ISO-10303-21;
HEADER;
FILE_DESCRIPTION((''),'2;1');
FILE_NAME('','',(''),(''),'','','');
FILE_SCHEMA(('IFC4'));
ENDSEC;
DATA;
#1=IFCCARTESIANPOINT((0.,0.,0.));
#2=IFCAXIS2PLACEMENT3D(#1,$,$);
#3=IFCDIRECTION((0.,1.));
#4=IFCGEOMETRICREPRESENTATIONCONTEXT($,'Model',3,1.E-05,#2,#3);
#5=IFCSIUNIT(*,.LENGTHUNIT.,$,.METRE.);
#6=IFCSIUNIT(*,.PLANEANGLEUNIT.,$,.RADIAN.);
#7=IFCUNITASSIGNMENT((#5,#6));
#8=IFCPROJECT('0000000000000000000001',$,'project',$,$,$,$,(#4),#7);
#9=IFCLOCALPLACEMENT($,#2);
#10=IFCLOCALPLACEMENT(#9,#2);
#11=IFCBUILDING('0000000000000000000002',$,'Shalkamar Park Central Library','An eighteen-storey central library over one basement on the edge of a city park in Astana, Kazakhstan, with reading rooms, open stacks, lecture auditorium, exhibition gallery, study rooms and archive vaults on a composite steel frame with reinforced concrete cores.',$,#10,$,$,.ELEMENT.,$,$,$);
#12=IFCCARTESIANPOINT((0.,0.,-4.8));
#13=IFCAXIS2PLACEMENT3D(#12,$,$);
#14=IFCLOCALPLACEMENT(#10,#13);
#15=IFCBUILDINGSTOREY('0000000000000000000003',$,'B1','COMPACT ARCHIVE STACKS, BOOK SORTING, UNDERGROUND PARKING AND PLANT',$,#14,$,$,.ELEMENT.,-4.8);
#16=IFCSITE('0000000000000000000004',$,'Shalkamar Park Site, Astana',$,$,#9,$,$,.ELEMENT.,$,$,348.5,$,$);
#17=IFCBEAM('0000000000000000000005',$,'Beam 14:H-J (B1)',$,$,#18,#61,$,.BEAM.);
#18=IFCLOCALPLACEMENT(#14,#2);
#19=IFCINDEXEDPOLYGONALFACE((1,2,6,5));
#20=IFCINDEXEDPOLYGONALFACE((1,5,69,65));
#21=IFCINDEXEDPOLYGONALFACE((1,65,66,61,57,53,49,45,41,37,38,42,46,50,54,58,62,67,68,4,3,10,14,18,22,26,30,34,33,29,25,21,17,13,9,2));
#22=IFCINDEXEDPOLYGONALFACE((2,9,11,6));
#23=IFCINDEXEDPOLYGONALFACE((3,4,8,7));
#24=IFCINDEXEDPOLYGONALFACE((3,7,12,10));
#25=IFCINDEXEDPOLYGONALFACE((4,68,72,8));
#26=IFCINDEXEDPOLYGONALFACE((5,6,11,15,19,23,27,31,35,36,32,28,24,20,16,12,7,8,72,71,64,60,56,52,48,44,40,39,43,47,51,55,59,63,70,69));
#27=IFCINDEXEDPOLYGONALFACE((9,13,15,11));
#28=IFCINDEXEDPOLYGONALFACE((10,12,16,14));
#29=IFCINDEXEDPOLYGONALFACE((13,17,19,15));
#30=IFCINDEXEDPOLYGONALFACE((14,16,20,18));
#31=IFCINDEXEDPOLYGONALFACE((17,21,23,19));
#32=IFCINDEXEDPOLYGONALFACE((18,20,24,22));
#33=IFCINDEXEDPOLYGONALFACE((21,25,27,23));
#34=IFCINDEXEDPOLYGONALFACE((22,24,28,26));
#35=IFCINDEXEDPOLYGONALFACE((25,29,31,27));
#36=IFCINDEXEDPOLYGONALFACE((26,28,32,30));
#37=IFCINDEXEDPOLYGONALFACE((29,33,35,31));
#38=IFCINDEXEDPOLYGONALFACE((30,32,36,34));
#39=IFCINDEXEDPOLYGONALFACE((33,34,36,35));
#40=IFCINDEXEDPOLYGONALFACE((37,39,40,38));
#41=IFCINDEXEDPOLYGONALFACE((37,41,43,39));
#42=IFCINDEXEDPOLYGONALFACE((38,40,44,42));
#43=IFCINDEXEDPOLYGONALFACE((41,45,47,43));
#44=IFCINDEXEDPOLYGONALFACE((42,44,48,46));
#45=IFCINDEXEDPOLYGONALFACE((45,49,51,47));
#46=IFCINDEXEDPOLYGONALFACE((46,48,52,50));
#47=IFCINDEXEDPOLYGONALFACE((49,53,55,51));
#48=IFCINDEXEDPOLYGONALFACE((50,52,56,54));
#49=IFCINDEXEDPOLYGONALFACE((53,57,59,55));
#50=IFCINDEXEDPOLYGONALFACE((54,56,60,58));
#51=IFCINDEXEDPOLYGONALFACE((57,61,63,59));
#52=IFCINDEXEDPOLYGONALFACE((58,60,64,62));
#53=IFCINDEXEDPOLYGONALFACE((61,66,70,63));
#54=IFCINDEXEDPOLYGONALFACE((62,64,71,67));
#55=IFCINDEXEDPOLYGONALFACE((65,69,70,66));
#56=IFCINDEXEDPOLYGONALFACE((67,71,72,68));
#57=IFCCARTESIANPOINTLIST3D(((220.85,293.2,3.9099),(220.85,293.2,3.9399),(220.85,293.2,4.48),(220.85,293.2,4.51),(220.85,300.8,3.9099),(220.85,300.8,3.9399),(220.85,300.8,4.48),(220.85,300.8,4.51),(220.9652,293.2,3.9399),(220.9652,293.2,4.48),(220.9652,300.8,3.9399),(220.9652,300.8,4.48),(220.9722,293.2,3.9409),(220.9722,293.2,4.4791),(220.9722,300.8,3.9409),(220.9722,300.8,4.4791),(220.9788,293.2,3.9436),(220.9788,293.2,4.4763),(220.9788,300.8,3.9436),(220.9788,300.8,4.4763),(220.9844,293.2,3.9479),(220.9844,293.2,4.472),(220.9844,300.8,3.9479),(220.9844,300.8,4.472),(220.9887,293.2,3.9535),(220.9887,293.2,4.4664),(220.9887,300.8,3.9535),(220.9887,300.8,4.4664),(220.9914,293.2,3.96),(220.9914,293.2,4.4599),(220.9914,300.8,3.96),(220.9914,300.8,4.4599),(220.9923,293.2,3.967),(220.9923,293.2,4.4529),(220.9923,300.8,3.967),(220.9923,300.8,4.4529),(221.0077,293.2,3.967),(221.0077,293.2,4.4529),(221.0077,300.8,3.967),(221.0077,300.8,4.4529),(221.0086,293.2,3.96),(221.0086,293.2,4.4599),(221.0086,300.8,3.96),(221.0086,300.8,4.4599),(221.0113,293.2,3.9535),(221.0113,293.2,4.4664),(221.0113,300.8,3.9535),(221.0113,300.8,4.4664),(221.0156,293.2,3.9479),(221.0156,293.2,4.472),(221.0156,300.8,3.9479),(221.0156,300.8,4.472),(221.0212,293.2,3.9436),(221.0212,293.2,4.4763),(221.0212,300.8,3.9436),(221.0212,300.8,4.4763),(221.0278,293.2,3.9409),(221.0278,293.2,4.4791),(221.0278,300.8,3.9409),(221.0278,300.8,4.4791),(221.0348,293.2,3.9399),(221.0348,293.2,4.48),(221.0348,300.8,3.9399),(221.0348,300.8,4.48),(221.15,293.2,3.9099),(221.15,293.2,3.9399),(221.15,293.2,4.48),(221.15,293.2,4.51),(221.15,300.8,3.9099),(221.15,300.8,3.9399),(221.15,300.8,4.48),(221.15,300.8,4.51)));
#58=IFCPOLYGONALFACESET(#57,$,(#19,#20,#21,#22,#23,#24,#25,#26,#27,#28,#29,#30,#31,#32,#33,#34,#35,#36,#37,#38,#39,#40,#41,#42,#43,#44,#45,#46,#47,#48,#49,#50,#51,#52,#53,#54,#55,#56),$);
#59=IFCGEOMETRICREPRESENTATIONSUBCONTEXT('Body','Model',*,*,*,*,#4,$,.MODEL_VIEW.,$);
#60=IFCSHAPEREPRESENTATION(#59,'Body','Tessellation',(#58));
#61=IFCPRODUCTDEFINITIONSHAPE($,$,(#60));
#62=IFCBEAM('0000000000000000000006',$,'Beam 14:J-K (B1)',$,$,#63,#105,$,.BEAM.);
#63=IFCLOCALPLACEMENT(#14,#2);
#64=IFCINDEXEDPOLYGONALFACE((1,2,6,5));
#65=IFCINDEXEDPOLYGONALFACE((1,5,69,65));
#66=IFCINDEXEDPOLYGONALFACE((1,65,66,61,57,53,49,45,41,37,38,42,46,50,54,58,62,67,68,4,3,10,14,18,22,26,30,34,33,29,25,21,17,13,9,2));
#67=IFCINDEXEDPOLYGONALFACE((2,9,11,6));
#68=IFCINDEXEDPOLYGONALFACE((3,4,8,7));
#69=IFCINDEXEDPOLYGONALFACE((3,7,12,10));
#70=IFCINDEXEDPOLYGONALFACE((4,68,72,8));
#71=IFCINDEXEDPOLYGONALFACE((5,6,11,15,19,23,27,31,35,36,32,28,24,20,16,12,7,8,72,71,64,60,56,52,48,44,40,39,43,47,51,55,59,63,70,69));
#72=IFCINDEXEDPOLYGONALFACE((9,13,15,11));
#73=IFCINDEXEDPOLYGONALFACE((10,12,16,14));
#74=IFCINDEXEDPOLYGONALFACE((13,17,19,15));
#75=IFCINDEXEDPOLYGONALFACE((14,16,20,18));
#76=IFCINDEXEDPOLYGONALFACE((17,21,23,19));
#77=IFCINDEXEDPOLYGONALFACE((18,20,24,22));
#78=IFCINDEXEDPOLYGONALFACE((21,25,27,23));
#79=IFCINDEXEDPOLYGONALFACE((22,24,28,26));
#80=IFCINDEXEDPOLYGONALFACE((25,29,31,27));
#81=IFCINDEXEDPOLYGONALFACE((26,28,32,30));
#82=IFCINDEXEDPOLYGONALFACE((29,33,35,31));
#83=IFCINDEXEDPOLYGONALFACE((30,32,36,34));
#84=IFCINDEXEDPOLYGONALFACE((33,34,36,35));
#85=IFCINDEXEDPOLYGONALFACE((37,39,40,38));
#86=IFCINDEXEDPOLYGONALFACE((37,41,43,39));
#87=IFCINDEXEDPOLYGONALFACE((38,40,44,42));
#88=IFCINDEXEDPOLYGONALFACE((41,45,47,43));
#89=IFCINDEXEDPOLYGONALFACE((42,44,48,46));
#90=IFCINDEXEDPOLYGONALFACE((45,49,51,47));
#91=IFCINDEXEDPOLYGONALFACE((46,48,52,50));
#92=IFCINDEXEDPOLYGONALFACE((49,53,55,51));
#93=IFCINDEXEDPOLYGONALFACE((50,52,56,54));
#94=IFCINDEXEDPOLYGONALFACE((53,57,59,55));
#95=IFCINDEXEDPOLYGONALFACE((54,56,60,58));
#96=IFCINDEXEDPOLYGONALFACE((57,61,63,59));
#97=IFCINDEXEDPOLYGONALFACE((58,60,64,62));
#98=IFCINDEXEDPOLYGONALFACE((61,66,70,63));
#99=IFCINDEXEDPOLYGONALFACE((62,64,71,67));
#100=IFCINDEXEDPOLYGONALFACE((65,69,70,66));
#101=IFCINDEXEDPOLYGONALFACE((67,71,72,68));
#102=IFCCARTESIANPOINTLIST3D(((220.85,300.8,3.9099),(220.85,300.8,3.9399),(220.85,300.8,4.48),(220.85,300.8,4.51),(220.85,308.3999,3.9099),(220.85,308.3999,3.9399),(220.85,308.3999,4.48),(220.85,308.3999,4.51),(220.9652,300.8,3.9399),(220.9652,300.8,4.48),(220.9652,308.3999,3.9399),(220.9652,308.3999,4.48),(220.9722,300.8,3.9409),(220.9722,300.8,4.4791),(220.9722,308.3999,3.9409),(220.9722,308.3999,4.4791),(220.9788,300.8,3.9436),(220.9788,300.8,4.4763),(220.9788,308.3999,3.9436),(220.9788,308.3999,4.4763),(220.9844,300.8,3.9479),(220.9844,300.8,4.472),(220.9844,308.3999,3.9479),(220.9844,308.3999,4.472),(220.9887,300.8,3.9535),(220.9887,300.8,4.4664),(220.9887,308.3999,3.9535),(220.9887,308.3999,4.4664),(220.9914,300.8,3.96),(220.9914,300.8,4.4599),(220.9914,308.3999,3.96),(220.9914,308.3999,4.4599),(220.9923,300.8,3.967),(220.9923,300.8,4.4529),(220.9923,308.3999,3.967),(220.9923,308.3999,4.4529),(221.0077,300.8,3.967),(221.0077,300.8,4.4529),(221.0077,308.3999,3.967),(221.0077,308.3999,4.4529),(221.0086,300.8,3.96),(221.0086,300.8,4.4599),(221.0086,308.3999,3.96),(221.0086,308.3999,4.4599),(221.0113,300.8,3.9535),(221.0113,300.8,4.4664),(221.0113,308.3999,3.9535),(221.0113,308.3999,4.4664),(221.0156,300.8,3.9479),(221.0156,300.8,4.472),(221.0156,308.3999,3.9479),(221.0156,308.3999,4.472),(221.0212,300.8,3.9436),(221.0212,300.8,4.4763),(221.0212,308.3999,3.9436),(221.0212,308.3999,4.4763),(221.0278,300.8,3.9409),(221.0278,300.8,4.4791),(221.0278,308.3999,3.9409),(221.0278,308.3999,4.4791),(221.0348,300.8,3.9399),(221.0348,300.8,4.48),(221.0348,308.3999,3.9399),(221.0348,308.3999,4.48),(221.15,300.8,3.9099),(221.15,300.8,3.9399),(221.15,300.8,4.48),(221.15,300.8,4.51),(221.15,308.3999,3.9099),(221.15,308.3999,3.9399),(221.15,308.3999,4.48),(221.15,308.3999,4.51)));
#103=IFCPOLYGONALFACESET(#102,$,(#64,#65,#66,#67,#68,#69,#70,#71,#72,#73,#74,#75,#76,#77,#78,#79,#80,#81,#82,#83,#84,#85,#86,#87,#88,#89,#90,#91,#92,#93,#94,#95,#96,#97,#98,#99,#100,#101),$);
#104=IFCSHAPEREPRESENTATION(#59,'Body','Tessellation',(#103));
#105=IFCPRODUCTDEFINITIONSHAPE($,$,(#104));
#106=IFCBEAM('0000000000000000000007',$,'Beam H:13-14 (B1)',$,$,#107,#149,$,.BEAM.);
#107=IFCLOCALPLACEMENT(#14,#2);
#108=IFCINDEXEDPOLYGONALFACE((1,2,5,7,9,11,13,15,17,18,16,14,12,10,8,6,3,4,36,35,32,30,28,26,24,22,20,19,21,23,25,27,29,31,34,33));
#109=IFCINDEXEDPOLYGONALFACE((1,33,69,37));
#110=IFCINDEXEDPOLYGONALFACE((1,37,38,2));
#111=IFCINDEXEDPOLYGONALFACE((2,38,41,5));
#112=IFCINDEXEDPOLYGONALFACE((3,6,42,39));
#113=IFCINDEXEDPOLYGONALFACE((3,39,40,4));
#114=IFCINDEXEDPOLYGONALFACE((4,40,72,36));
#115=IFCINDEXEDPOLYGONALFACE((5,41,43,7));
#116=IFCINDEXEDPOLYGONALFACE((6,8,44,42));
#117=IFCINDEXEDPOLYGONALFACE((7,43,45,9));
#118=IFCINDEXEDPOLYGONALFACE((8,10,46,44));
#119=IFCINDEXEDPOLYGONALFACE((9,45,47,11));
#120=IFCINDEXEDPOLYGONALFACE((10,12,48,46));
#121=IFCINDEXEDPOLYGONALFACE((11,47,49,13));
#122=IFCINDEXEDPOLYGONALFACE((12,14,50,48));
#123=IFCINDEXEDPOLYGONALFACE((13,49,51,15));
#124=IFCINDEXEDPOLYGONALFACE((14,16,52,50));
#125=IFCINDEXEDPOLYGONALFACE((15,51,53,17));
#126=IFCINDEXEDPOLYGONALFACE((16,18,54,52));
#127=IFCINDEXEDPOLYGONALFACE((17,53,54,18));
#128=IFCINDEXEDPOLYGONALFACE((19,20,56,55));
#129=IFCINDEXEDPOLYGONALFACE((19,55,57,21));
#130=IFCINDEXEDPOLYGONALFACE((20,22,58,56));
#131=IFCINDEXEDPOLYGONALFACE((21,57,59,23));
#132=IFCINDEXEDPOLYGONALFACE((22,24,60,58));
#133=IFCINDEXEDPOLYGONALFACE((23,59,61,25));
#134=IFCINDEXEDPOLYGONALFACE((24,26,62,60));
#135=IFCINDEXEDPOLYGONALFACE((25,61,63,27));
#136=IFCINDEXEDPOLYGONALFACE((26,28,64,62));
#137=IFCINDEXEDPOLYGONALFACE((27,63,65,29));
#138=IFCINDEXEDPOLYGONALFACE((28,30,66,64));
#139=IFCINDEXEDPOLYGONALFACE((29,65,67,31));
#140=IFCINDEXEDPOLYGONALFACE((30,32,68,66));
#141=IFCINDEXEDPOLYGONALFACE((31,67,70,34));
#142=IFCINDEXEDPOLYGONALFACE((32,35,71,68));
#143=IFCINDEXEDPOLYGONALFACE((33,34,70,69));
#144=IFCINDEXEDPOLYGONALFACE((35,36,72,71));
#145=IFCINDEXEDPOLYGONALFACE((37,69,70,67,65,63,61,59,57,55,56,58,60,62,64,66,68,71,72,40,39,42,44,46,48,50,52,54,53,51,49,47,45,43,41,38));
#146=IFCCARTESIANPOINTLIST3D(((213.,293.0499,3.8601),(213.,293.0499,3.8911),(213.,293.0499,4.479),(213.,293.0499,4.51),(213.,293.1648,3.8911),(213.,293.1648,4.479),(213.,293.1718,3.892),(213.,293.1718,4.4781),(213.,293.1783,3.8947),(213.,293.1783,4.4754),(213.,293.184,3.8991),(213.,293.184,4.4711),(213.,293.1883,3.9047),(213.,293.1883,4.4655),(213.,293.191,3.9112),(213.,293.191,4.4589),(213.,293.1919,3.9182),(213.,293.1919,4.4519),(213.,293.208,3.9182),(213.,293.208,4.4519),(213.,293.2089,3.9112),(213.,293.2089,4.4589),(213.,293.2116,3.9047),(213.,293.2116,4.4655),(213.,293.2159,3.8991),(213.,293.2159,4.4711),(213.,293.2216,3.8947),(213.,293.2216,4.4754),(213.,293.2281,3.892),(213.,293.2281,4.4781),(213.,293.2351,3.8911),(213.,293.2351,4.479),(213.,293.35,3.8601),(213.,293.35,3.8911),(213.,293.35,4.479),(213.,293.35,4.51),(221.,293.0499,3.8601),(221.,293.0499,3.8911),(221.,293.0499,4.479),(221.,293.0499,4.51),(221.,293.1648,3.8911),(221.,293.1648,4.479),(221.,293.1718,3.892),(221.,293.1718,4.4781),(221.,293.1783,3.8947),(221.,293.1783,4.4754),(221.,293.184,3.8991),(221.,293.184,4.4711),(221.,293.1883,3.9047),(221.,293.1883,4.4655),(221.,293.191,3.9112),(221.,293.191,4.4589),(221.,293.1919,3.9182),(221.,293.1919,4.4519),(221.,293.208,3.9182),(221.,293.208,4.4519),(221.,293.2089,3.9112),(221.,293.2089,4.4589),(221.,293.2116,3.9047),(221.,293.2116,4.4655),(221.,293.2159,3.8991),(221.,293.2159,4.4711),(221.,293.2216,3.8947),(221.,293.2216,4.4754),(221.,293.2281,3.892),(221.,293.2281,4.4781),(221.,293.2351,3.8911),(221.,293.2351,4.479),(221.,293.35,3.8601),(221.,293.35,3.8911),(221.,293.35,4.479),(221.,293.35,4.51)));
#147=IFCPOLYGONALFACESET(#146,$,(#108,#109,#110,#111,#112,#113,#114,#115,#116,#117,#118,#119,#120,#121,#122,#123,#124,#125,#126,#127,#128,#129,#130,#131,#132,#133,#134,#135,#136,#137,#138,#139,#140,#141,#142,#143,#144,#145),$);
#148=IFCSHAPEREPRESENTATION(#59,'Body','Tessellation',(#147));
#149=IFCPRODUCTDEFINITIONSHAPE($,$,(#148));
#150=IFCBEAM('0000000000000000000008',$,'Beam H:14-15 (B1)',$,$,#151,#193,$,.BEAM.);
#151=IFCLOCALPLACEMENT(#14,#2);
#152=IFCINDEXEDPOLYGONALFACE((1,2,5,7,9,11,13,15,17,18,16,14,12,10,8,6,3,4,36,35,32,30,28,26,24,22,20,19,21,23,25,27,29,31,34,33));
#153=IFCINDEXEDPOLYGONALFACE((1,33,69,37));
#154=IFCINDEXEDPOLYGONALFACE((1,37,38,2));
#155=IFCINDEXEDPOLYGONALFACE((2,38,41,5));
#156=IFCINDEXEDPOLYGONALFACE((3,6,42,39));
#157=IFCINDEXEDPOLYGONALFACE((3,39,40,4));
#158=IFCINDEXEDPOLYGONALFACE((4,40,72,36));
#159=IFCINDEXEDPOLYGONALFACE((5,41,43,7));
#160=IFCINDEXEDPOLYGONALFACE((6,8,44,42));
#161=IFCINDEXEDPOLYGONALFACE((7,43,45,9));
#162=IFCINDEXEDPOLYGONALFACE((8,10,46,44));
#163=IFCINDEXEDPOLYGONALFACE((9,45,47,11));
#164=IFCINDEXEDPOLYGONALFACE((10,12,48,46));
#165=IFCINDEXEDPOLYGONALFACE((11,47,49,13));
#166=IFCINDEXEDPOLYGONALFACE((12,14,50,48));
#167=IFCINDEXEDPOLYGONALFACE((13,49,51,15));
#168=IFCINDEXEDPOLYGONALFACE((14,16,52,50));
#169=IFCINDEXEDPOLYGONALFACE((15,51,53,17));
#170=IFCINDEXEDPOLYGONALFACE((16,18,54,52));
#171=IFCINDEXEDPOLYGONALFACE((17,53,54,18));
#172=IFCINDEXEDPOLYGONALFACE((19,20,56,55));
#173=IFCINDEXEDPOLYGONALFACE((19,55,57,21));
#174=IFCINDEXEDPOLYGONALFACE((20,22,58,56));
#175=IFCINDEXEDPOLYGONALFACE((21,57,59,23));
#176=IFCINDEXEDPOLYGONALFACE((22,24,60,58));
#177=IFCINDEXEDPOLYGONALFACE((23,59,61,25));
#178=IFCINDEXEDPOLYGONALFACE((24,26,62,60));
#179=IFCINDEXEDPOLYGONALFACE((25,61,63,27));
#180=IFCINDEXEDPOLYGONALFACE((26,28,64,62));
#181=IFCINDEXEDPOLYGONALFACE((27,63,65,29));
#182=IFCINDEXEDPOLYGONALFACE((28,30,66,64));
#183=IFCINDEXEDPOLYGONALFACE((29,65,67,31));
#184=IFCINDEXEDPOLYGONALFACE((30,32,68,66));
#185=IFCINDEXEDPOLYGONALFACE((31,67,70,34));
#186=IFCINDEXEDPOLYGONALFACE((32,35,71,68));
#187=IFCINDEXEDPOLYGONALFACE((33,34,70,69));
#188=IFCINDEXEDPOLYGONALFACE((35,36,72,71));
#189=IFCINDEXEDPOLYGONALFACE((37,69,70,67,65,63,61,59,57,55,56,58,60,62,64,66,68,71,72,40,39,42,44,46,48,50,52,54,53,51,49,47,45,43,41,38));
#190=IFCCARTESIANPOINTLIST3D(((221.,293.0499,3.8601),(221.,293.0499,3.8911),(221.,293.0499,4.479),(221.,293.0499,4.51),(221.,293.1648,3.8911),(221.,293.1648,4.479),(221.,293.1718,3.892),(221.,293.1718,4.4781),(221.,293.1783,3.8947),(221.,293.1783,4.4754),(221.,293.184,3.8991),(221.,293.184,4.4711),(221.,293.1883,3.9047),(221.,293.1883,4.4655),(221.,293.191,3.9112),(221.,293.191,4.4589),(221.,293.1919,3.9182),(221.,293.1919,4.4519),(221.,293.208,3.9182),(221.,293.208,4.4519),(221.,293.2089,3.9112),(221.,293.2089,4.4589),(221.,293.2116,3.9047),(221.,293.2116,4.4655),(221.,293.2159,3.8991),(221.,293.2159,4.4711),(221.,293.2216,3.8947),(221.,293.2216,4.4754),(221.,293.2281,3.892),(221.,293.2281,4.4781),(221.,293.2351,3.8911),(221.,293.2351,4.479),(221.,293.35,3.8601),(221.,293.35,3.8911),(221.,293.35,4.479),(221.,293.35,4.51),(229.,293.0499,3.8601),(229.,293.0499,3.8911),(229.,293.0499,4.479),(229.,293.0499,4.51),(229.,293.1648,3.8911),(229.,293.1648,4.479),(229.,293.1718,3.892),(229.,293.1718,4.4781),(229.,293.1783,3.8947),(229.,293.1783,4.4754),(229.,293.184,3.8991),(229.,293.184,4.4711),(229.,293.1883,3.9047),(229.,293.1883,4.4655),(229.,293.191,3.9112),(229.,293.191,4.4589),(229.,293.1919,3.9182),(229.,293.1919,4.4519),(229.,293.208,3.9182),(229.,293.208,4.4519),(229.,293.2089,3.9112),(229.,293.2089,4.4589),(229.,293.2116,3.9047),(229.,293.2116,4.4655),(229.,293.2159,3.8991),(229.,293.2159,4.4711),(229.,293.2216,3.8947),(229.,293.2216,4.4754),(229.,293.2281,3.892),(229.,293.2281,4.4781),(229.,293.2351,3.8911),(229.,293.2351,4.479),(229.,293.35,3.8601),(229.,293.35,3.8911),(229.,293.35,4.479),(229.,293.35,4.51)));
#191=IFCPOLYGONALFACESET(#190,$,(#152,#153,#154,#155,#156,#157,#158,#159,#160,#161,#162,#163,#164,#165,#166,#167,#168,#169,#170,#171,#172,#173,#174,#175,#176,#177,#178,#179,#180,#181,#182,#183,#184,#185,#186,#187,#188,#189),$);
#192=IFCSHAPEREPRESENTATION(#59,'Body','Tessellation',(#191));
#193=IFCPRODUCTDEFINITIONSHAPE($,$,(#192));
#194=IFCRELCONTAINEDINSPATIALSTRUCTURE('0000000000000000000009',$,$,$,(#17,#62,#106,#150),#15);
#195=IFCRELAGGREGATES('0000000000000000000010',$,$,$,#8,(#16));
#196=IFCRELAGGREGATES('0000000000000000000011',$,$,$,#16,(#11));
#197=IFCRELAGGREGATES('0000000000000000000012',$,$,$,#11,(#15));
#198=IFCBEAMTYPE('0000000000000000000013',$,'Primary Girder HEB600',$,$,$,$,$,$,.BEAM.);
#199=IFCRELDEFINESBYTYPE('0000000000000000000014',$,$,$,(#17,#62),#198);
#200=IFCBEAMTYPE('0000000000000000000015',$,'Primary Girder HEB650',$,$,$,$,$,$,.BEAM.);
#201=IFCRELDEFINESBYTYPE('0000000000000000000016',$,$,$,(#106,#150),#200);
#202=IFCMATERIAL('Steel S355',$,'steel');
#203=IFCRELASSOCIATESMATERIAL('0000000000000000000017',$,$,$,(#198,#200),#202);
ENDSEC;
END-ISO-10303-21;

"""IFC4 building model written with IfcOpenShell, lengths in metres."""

from ifc_helpers import new_model, si_unit, direction, frame, origin, origin_2d, place, context, subcontext, project, spatial, i_section, extrude, material, material_profile, profile_set, type_object, element, save


model = new_model("IFC4")

# Units and contexts
model_context = context("Model", 3, precision=1e-05, world=origin(), true_north=direction((0.0, 1.0)))
body_context = subcontext(model_context, "Body", "Model", "MODEL_VIEW")
ifc_project = project(units=[si_unit("LENGTHUNIT", "METRE"), si_unit("PLANEANGLEUNIT", "RADIAN")], contexts=[model_context])

# Site, building, storey
site_placement = place(None, origin())
site = spatial("IfcSite", under=ifc_project, at=site_placement, Name="Shalkamar Park Site, Astana", CompositionType="ELEMENT", RefElevation=348.5)
building_placement = place(site_placement, origin())
building = spatial("IfcBuilding", under=site, at=building_placement, Name="Shalkamar Park Central Library", Description="An eighteen-storey central library over one basement on the edge of a city park in Astana, Kazakhstan, with reading rooms, open stacks, lecture auditorium, exhibition gallery, study rooms and archive vaults on a composite steel frame with reinforced concrete cores.", CompositionType="ELEMENT")
storey_placement = place(building_placement, frame((0.0, 0.0, -4.8)))
storey = spatial("IfcBuildingStorey", under=building, at=storey_placement, Name="B1", Description="COMPACT ARCHIVE STACKS, BOOK SORTING, UNDERGROUND PARKING AND PLANT", CompositionType="ELEMENT", Elevation=-4.8)

# Shared definitions
ifc_material_1 = material(Name="Steel S355", Category="steel")

# Beams
ifc_material_profile_1 = material_profile(ifc_material_1, i_section(OverallWidth=0.3, OverallDepth=0.6001, WebThickness=0.0154, FlangeThickness=0.03, FilletRadius=0.0271, at=origin_2d()), Name="HEB 600")
ifc_profile_set_1 = profile_set([ifc_material_profile_1], Name="Steel S355")
beam_type_1 = type_object("IfcBeamType", Name="Primary Girder HEB600", PredefinedType="BEAM", material=ifc_profile_set_1)
beam_1_placement = place(storey_placement, frame((221.0, 293.2, 4.21), z_axis=(0.0, 1.0, 0.0), x_axis=(-1.0, 0.0, 0.0)))
element("IfcBeam", 1, at=beam_1_placement, inside=storey, type_object=beam_type_1, Name="Beam 14:H-J (B1)", PredefinedType="BEAM", context=body_context, shape_type="SweptSolid", body=[
    extrude(i_section(OverallWidth=0.3, OverallDepth=0.6001, WebThickness=0.0154, FlangeThickness=0.03, FilletRadius=0.0271, at=origin_2d()), origin(), (0.0, 0.0, 1.0), 7.6001),
])
beam_2_placement = place(storey_placement, frame((221.0, 300.8, 4.21), z_axis=(0.0, 1.0, 0.0), x_axis=(-1.0, 0.0, 0.0)))
element("IfcBeam", 2, at=beam_2_placement, inside=storey, type_object=beam_type_1, Name="Beam 14:J-K (B1)", PredefinedType="BEAM", context=body_context, shape_type="SweptSolid", body=[
    extrude(i_section(OverallWidth=0.3, OverallDepth=0.6001, WebThickness=0.0154, FlangeThickness=0.03, FilletRadius=0.0271, at=origin_2d()), origin(), (0.0, 0.0, 1.0), 7.5999),
])
ifc_material_profile_2 = material_profile(ifc_material_1, i_section(OverallWidth=0.3, OverallDepth=0.6499, WebThickness=0.0161, FlangeThickness=0.031, FilletRadius=0.0271, at=origin_2d()), Name="HEB 650")
ifc_profile_set_2 = profile_set([ifc_material_profile_2], Name="Steel S355")
beam_type_2 = type_object("IfcBeamType", Name="Primary Girder HEB650", PredefinedType="BEAM", material=ifc_profile_set_2)
for number, where, z_axis, x_axis, name in (
    (3, (213.0, 293.2, 4.1851), (1.0, 0.0, 0.0), (0.0, 1.0, 0.0), "Beam H:13-14 (B1)"),
    (4, (221.0, 293.2, 4.1851), (1.0, 0.0, 0.0), (0.0, 1.0, 0.0), "Beam H:14-15 (B1)"),
):
    element("IfcBeam", number, at=place(storey_placement, frame(where, z_axis=z_axis, x_axis=x_axis)), inside=storey, type_object=beam_type_2, Name=name, PredefinedType="BEAM", context=body_context, shape_type="SweptSolid", body=[
        extrude(i_section(OverallWidth=0.3, OverallDepth=0.6499, WebThickness=0.0161, FlangeThickness=0.031, FilletRadius=0.0271, at=origin_2d()), origin(), (0.0, 0.0, 1.0), 8.0),
    ])

save(model, "model.ifc")
